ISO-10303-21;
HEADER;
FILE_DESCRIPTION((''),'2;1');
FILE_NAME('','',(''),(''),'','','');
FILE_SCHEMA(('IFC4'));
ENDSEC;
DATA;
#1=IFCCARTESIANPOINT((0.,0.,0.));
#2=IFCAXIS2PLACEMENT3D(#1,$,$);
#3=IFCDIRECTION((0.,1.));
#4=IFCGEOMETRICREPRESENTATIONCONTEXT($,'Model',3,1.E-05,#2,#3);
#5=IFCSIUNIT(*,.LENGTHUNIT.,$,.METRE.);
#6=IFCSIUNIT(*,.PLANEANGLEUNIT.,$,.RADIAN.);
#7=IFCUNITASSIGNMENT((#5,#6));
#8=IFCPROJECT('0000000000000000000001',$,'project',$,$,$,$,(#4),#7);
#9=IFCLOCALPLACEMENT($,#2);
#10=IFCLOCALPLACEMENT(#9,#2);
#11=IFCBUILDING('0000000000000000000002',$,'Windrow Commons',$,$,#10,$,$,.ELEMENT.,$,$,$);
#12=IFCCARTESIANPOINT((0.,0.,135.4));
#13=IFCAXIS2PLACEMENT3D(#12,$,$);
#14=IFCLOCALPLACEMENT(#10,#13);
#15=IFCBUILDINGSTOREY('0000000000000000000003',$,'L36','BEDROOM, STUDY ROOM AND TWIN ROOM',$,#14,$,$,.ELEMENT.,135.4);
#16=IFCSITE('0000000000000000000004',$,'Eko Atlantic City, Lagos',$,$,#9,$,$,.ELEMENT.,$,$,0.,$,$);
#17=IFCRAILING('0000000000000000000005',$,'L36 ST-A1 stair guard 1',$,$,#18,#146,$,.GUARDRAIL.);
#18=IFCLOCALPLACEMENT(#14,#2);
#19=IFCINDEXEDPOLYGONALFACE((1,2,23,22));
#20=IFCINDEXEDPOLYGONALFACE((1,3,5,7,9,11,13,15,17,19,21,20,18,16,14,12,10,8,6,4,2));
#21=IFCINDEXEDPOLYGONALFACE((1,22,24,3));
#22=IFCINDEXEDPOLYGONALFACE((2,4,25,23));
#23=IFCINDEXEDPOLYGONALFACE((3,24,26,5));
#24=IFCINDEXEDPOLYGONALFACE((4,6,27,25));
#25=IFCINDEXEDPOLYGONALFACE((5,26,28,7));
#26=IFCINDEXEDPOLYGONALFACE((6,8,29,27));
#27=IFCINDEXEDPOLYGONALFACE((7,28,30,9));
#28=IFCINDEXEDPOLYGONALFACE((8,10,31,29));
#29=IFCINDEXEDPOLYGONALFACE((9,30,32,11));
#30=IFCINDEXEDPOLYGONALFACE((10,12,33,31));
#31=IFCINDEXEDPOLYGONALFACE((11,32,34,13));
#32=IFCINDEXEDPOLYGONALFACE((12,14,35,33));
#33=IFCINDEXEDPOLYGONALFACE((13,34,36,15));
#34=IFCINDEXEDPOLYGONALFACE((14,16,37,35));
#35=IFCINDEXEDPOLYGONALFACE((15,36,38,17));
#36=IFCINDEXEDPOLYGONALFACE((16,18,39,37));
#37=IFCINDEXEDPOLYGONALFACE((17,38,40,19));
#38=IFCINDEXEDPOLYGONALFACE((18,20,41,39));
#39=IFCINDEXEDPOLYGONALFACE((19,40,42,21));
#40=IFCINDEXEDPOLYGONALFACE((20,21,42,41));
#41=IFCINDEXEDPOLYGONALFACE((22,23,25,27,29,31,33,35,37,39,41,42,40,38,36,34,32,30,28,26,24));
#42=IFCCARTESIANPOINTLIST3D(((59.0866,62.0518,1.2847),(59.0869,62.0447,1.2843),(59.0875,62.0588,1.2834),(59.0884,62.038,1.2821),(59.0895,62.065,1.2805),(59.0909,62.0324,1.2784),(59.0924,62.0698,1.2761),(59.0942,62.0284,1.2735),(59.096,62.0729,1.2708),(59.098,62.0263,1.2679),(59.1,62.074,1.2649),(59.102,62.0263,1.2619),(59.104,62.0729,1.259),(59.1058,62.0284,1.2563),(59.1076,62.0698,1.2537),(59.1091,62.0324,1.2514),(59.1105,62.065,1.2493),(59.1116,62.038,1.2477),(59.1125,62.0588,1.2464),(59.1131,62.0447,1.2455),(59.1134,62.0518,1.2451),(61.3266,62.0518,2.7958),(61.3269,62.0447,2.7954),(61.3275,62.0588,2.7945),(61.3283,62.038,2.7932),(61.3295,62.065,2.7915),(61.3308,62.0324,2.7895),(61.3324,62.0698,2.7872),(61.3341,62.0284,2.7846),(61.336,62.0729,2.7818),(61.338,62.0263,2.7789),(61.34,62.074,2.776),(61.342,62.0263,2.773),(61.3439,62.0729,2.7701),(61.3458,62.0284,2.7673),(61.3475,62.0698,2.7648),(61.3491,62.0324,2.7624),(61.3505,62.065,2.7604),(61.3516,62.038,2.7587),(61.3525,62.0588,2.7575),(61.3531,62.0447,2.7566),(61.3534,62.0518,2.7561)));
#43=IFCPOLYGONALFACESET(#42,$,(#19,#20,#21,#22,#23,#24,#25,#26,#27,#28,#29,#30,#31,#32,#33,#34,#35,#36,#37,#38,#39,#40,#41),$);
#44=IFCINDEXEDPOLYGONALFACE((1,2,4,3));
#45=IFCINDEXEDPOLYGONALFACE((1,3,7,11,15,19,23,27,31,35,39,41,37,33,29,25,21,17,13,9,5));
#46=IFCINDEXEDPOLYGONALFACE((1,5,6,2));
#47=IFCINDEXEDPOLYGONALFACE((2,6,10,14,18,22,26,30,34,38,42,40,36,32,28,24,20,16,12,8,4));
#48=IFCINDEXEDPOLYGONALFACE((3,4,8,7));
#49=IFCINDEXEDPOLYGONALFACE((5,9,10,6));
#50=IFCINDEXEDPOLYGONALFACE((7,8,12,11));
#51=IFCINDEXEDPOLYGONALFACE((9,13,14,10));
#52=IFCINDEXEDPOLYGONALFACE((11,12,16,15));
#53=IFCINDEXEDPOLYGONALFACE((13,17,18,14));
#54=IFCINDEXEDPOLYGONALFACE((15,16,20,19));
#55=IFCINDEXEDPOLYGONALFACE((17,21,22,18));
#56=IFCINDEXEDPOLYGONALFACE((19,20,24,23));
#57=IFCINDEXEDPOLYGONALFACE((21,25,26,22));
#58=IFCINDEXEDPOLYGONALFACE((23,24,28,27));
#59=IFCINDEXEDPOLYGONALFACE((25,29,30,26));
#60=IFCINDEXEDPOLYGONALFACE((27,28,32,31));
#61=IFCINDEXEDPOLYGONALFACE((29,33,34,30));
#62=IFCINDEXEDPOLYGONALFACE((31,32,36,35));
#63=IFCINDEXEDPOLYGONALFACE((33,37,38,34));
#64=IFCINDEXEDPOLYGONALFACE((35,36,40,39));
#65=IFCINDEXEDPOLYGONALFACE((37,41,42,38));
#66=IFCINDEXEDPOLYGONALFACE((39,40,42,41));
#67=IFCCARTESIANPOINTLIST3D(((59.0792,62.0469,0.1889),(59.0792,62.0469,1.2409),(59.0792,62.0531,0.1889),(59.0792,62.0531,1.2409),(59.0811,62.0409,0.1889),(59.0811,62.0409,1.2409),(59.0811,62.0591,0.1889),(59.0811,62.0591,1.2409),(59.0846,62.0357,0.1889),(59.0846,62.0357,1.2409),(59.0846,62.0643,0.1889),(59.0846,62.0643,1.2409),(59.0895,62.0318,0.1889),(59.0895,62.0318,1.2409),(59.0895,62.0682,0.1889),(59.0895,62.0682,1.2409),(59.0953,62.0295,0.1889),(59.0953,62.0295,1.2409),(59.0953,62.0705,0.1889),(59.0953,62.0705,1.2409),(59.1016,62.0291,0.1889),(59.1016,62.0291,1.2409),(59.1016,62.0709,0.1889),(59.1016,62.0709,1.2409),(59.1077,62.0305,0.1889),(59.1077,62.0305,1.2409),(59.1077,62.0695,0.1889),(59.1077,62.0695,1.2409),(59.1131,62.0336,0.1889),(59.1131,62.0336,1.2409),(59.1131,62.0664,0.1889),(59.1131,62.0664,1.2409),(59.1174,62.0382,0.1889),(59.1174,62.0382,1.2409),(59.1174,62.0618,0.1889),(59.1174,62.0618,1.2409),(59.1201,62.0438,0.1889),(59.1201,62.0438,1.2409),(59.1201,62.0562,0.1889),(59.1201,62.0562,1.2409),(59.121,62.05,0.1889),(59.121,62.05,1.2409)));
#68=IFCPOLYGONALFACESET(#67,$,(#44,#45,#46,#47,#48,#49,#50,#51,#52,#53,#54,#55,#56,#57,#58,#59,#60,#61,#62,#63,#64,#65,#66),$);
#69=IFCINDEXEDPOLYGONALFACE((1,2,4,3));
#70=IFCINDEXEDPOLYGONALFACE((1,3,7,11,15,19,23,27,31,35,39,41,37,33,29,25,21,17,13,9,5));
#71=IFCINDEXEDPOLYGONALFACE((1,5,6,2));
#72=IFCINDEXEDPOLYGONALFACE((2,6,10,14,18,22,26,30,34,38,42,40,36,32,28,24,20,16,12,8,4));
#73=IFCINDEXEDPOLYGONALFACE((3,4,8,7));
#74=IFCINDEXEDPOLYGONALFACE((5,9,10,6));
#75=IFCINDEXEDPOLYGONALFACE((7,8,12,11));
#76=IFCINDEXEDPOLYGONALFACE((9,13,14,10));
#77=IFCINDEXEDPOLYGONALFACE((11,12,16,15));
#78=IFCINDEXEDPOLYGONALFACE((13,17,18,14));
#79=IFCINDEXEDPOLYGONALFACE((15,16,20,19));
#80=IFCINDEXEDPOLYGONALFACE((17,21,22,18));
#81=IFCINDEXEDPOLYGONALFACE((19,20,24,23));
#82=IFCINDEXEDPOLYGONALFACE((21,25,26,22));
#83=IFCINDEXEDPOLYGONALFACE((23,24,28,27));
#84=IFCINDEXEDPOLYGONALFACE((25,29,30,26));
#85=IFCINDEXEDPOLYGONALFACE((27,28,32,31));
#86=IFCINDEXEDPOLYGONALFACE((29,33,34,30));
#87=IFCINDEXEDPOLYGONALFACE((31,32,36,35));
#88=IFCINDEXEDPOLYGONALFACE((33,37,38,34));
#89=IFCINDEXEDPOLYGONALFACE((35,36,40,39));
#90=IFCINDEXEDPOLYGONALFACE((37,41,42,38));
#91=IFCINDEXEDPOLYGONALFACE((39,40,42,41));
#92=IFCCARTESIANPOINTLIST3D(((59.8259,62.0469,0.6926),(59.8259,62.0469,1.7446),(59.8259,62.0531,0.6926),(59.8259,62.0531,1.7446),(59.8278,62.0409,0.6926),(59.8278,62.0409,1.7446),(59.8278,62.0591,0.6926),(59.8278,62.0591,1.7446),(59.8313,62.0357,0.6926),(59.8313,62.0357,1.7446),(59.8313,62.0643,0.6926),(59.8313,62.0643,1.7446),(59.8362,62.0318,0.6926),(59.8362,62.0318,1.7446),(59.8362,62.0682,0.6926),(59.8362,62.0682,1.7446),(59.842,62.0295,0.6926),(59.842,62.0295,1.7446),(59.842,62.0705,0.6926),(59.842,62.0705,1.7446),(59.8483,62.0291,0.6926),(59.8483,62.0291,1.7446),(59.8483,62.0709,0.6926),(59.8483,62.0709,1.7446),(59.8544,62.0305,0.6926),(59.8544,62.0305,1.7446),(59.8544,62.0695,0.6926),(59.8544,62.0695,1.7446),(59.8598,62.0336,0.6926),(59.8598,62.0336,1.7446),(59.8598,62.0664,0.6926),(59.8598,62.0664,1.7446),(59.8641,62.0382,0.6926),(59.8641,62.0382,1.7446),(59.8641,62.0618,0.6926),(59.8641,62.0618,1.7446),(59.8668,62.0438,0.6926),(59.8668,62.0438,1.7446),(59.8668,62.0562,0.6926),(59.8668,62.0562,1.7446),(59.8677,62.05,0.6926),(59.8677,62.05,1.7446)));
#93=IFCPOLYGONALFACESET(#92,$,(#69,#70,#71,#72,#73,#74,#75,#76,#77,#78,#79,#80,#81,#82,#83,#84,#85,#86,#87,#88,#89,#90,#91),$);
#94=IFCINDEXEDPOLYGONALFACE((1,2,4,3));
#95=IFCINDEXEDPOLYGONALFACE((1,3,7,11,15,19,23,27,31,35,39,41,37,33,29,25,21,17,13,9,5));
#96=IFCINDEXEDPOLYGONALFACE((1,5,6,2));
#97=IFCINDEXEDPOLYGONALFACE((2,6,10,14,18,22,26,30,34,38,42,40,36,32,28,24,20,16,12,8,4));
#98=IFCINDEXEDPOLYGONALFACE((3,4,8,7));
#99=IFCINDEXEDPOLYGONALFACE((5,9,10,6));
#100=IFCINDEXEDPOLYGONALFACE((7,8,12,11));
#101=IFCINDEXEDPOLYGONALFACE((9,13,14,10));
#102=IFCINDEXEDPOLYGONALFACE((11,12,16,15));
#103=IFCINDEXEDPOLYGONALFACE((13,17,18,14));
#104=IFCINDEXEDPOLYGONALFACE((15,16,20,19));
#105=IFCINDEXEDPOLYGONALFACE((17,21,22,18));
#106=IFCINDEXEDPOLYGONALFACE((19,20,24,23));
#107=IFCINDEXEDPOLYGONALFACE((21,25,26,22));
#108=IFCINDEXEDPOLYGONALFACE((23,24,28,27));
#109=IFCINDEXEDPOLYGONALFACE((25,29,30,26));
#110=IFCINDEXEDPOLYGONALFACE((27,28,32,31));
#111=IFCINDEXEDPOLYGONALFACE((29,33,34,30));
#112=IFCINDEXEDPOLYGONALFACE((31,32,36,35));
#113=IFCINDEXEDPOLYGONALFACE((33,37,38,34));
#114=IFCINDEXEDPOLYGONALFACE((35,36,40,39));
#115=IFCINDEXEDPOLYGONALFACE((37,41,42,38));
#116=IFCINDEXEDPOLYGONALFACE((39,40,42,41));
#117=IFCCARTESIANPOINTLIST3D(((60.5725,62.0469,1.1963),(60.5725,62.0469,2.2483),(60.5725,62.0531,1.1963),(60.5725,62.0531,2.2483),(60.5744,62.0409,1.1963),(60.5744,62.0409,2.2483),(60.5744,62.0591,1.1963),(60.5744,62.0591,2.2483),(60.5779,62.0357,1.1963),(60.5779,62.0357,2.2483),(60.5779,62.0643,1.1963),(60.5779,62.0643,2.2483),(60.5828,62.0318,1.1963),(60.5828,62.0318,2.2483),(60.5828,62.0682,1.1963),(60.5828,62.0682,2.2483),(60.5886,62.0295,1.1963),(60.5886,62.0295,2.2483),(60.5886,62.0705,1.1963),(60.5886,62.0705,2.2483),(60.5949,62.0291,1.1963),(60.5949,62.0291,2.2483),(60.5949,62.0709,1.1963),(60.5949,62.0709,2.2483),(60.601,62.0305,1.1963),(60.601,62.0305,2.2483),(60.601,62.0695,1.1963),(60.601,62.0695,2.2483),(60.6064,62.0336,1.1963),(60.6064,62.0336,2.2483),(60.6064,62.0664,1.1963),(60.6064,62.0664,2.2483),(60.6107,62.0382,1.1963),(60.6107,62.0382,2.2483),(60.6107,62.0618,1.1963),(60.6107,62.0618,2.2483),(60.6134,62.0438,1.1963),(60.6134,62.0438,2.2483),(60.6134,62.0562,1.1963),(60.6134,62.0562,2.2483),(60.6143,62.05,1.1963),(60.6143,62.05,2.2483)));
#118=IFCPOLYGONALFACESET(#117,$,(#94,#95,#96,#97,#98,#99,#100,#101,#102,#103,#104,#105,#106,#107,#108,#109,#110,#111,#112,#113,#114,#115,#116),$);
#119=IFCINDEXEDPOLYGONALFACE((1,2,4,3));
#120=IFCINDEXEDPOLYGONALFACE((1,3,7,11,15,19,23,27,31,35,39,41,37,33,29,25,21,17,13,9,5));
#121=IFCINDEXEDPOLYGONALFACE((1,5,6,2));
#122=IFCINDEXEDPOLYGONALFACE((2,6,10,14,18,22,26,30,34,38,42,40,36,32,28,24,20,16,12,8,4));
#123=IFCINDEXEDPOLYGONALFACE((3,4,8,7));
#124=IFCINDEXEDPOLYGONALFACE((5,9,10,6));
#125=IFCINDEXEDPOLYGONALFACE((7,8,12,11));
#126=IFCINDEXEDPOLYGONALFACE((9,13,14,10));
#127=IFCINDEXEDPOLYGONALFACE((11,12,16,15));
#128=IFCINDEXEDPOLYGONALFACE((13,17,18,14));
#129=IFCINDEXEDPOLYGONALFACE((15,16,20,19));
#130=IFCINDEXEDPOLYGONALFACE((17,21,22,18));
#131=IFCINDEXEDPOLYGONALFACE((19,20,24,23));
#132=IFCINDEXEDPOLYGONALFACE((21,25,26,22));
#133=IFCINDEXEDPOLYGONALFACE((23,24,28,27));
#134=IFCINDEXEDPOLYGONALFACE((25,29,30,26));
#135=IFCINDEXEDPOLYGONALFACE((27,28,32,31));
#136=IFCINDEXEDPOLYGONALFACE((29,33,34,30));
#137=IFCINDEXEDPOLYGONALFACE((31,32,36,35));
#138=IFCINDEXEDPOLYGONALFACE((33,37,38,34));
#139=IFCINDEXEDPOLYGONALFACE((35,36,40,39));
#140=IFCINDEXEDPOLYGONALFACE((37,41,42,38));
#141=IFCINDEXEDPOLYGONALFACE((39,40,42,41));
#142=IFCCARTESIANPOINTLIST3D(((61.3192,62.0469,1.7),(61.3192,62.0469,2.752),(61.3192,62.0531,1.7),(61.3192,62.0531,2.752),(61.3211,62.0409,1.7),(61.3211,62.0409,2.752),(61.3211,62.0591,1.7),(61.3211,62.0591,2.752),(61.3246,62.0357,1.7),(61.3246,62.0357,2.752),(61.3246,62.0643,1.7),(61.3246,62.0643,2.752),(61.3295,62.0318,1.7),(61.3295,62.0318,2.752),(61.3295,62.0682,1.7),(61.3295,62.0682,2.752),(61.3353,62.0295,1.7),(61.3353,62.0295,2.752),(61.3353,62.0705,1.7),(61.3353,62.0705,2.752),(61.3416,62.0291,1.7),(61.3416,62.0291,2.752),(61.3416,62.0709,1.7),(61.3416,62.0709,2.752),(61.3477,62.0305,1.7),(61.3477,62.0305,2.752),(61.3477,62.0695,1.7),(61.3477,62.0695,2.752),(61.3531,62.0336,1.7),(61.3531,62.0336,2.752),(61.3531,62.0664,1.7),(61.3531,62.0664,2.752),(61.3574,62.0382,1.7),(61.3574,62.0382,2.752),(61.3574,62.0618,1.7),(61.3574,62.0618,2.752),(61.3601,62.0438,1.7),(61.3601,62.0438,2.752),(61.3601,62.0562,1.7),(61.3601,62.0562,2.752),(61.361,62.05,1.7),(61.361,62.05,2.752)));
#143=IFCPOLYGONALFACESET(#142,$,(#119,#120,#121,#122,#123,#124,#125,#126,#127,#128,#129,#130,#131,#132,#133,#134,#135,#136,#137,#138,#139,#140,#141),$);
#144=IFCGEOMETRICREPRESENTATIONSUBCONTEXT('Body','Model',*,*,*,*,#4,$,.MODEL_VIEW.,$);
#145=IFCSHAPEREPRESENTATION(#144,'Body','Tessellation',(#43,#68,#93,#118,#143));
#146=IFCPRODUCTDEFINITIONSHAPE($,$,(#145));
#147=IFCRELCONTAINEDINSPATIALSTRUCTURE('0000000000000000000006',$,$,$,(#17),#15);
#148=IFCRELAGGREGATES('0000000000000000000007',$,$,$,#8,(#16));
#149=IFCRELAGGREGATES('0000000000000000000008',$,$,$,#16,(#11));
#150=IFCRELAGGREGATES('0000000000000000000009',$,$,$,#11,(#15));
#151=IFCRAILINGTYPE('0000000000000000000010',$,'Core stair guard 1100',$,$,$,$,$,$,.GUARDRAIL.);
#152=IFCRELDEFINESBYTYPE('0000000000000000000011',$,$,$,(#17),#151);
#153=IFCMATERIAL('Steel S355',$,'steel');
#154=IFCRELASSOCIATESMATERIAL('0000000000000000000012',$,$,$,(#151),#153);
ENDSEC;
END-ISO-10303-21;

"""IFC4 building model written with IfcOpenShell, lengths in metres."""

from ifc_helpers import new_model, si_unit, direction, frame, origin, origin_2d, place, context, subcontext, project, spatial, circle, extrude, material, type_object, element, save


model = new_model("IFC4")

# Units and contexts
model_context = context("Model", 3, precision=1e-05, world=origin(), true_north=direction((0.0, 1.0)))
body_context = subcontext(model_context, "Body", "Model", "MODEL_VIEW")
ifc_project = project(units=[si_unit("LENGTHUNIT", "METRE"), si_unit("PLANEANGLEUNIT", "RADIAN")], contexts=[model_context])

# Site, building, storey
site_placement = place(None, origin())
site = spatial("IfcSite", under=ifc_project, at=site_placement, Name="Eko Atlantic City, Lagos", CompositionType="ELEMENT", RefElevation=0.0)
building_placement = place(site_placement, origin())
building = spatial("IfcBuilding", under=site, at=building_placement, Name="Windrow Commons", CompositionType="ELEMENT")
storey_placement = place(building_placement, frame((0.0, 0.0, 135.4)))
storey = spatial("IfcBuildingStorey", under=building, at=storey_placement, Name="L36", Description="BEDROOM, STUDY ROOM AND TWIN ROOM", CompositionType="ELEMENT", Elevation=135.4)

# Railing
ifc_material_1 = material(Name="Steel S355", Category="steel")
railing_type_1 = type_object("IfcRailingType", Name="Core stair guard 1100", PredefinedType="GUARDRAIL", material=ifc_material_1)
railing_1_placement = place(storey_placement, frame((59.1, 62.05, 0.1889)))
element("IfcRailing", 1, at=railing_1_placement, inside=storey, type_object=railing_type_1, Name="L36 ST-A1 stair guard 1", PredefinedType="GUARDRAIL", context=body_context, shape_type="SweptSolid", body=[
    extrude(circle(Radius=0.024, at=origin_2d()), frame((0.0, 0.0, 1.076), z_axis=(0.829003, 0.0, 0.559244), x_axis=(0.0, 1.0, 0.0)), (0.0, 0.0, 1.0), 2.702),
    extrude(circle(Radius=0.021, at=origin_2d()), origin(), (0.0, 0.0, 1.0), 1.052),
    extrude(circle(Radius=0.021, at=origin_2d()), frame((0.7467, 0.0, 0.5037)), (0.0, 0.0, 1.0), 1.052),
    extrude(circle(Radius=0.021, at=origin_2d()), frame((1.4933, 0.0, 1.0074)), (0.0, 0.0, 1.0), 1.052),
    extrude(circle(Radius=0.021, at=origin_2d()), frame((2.24, 0.0, 1.5111)), (0.0, 0.0, 1.0), 1.052),
])

save(model, "model.ifc")
